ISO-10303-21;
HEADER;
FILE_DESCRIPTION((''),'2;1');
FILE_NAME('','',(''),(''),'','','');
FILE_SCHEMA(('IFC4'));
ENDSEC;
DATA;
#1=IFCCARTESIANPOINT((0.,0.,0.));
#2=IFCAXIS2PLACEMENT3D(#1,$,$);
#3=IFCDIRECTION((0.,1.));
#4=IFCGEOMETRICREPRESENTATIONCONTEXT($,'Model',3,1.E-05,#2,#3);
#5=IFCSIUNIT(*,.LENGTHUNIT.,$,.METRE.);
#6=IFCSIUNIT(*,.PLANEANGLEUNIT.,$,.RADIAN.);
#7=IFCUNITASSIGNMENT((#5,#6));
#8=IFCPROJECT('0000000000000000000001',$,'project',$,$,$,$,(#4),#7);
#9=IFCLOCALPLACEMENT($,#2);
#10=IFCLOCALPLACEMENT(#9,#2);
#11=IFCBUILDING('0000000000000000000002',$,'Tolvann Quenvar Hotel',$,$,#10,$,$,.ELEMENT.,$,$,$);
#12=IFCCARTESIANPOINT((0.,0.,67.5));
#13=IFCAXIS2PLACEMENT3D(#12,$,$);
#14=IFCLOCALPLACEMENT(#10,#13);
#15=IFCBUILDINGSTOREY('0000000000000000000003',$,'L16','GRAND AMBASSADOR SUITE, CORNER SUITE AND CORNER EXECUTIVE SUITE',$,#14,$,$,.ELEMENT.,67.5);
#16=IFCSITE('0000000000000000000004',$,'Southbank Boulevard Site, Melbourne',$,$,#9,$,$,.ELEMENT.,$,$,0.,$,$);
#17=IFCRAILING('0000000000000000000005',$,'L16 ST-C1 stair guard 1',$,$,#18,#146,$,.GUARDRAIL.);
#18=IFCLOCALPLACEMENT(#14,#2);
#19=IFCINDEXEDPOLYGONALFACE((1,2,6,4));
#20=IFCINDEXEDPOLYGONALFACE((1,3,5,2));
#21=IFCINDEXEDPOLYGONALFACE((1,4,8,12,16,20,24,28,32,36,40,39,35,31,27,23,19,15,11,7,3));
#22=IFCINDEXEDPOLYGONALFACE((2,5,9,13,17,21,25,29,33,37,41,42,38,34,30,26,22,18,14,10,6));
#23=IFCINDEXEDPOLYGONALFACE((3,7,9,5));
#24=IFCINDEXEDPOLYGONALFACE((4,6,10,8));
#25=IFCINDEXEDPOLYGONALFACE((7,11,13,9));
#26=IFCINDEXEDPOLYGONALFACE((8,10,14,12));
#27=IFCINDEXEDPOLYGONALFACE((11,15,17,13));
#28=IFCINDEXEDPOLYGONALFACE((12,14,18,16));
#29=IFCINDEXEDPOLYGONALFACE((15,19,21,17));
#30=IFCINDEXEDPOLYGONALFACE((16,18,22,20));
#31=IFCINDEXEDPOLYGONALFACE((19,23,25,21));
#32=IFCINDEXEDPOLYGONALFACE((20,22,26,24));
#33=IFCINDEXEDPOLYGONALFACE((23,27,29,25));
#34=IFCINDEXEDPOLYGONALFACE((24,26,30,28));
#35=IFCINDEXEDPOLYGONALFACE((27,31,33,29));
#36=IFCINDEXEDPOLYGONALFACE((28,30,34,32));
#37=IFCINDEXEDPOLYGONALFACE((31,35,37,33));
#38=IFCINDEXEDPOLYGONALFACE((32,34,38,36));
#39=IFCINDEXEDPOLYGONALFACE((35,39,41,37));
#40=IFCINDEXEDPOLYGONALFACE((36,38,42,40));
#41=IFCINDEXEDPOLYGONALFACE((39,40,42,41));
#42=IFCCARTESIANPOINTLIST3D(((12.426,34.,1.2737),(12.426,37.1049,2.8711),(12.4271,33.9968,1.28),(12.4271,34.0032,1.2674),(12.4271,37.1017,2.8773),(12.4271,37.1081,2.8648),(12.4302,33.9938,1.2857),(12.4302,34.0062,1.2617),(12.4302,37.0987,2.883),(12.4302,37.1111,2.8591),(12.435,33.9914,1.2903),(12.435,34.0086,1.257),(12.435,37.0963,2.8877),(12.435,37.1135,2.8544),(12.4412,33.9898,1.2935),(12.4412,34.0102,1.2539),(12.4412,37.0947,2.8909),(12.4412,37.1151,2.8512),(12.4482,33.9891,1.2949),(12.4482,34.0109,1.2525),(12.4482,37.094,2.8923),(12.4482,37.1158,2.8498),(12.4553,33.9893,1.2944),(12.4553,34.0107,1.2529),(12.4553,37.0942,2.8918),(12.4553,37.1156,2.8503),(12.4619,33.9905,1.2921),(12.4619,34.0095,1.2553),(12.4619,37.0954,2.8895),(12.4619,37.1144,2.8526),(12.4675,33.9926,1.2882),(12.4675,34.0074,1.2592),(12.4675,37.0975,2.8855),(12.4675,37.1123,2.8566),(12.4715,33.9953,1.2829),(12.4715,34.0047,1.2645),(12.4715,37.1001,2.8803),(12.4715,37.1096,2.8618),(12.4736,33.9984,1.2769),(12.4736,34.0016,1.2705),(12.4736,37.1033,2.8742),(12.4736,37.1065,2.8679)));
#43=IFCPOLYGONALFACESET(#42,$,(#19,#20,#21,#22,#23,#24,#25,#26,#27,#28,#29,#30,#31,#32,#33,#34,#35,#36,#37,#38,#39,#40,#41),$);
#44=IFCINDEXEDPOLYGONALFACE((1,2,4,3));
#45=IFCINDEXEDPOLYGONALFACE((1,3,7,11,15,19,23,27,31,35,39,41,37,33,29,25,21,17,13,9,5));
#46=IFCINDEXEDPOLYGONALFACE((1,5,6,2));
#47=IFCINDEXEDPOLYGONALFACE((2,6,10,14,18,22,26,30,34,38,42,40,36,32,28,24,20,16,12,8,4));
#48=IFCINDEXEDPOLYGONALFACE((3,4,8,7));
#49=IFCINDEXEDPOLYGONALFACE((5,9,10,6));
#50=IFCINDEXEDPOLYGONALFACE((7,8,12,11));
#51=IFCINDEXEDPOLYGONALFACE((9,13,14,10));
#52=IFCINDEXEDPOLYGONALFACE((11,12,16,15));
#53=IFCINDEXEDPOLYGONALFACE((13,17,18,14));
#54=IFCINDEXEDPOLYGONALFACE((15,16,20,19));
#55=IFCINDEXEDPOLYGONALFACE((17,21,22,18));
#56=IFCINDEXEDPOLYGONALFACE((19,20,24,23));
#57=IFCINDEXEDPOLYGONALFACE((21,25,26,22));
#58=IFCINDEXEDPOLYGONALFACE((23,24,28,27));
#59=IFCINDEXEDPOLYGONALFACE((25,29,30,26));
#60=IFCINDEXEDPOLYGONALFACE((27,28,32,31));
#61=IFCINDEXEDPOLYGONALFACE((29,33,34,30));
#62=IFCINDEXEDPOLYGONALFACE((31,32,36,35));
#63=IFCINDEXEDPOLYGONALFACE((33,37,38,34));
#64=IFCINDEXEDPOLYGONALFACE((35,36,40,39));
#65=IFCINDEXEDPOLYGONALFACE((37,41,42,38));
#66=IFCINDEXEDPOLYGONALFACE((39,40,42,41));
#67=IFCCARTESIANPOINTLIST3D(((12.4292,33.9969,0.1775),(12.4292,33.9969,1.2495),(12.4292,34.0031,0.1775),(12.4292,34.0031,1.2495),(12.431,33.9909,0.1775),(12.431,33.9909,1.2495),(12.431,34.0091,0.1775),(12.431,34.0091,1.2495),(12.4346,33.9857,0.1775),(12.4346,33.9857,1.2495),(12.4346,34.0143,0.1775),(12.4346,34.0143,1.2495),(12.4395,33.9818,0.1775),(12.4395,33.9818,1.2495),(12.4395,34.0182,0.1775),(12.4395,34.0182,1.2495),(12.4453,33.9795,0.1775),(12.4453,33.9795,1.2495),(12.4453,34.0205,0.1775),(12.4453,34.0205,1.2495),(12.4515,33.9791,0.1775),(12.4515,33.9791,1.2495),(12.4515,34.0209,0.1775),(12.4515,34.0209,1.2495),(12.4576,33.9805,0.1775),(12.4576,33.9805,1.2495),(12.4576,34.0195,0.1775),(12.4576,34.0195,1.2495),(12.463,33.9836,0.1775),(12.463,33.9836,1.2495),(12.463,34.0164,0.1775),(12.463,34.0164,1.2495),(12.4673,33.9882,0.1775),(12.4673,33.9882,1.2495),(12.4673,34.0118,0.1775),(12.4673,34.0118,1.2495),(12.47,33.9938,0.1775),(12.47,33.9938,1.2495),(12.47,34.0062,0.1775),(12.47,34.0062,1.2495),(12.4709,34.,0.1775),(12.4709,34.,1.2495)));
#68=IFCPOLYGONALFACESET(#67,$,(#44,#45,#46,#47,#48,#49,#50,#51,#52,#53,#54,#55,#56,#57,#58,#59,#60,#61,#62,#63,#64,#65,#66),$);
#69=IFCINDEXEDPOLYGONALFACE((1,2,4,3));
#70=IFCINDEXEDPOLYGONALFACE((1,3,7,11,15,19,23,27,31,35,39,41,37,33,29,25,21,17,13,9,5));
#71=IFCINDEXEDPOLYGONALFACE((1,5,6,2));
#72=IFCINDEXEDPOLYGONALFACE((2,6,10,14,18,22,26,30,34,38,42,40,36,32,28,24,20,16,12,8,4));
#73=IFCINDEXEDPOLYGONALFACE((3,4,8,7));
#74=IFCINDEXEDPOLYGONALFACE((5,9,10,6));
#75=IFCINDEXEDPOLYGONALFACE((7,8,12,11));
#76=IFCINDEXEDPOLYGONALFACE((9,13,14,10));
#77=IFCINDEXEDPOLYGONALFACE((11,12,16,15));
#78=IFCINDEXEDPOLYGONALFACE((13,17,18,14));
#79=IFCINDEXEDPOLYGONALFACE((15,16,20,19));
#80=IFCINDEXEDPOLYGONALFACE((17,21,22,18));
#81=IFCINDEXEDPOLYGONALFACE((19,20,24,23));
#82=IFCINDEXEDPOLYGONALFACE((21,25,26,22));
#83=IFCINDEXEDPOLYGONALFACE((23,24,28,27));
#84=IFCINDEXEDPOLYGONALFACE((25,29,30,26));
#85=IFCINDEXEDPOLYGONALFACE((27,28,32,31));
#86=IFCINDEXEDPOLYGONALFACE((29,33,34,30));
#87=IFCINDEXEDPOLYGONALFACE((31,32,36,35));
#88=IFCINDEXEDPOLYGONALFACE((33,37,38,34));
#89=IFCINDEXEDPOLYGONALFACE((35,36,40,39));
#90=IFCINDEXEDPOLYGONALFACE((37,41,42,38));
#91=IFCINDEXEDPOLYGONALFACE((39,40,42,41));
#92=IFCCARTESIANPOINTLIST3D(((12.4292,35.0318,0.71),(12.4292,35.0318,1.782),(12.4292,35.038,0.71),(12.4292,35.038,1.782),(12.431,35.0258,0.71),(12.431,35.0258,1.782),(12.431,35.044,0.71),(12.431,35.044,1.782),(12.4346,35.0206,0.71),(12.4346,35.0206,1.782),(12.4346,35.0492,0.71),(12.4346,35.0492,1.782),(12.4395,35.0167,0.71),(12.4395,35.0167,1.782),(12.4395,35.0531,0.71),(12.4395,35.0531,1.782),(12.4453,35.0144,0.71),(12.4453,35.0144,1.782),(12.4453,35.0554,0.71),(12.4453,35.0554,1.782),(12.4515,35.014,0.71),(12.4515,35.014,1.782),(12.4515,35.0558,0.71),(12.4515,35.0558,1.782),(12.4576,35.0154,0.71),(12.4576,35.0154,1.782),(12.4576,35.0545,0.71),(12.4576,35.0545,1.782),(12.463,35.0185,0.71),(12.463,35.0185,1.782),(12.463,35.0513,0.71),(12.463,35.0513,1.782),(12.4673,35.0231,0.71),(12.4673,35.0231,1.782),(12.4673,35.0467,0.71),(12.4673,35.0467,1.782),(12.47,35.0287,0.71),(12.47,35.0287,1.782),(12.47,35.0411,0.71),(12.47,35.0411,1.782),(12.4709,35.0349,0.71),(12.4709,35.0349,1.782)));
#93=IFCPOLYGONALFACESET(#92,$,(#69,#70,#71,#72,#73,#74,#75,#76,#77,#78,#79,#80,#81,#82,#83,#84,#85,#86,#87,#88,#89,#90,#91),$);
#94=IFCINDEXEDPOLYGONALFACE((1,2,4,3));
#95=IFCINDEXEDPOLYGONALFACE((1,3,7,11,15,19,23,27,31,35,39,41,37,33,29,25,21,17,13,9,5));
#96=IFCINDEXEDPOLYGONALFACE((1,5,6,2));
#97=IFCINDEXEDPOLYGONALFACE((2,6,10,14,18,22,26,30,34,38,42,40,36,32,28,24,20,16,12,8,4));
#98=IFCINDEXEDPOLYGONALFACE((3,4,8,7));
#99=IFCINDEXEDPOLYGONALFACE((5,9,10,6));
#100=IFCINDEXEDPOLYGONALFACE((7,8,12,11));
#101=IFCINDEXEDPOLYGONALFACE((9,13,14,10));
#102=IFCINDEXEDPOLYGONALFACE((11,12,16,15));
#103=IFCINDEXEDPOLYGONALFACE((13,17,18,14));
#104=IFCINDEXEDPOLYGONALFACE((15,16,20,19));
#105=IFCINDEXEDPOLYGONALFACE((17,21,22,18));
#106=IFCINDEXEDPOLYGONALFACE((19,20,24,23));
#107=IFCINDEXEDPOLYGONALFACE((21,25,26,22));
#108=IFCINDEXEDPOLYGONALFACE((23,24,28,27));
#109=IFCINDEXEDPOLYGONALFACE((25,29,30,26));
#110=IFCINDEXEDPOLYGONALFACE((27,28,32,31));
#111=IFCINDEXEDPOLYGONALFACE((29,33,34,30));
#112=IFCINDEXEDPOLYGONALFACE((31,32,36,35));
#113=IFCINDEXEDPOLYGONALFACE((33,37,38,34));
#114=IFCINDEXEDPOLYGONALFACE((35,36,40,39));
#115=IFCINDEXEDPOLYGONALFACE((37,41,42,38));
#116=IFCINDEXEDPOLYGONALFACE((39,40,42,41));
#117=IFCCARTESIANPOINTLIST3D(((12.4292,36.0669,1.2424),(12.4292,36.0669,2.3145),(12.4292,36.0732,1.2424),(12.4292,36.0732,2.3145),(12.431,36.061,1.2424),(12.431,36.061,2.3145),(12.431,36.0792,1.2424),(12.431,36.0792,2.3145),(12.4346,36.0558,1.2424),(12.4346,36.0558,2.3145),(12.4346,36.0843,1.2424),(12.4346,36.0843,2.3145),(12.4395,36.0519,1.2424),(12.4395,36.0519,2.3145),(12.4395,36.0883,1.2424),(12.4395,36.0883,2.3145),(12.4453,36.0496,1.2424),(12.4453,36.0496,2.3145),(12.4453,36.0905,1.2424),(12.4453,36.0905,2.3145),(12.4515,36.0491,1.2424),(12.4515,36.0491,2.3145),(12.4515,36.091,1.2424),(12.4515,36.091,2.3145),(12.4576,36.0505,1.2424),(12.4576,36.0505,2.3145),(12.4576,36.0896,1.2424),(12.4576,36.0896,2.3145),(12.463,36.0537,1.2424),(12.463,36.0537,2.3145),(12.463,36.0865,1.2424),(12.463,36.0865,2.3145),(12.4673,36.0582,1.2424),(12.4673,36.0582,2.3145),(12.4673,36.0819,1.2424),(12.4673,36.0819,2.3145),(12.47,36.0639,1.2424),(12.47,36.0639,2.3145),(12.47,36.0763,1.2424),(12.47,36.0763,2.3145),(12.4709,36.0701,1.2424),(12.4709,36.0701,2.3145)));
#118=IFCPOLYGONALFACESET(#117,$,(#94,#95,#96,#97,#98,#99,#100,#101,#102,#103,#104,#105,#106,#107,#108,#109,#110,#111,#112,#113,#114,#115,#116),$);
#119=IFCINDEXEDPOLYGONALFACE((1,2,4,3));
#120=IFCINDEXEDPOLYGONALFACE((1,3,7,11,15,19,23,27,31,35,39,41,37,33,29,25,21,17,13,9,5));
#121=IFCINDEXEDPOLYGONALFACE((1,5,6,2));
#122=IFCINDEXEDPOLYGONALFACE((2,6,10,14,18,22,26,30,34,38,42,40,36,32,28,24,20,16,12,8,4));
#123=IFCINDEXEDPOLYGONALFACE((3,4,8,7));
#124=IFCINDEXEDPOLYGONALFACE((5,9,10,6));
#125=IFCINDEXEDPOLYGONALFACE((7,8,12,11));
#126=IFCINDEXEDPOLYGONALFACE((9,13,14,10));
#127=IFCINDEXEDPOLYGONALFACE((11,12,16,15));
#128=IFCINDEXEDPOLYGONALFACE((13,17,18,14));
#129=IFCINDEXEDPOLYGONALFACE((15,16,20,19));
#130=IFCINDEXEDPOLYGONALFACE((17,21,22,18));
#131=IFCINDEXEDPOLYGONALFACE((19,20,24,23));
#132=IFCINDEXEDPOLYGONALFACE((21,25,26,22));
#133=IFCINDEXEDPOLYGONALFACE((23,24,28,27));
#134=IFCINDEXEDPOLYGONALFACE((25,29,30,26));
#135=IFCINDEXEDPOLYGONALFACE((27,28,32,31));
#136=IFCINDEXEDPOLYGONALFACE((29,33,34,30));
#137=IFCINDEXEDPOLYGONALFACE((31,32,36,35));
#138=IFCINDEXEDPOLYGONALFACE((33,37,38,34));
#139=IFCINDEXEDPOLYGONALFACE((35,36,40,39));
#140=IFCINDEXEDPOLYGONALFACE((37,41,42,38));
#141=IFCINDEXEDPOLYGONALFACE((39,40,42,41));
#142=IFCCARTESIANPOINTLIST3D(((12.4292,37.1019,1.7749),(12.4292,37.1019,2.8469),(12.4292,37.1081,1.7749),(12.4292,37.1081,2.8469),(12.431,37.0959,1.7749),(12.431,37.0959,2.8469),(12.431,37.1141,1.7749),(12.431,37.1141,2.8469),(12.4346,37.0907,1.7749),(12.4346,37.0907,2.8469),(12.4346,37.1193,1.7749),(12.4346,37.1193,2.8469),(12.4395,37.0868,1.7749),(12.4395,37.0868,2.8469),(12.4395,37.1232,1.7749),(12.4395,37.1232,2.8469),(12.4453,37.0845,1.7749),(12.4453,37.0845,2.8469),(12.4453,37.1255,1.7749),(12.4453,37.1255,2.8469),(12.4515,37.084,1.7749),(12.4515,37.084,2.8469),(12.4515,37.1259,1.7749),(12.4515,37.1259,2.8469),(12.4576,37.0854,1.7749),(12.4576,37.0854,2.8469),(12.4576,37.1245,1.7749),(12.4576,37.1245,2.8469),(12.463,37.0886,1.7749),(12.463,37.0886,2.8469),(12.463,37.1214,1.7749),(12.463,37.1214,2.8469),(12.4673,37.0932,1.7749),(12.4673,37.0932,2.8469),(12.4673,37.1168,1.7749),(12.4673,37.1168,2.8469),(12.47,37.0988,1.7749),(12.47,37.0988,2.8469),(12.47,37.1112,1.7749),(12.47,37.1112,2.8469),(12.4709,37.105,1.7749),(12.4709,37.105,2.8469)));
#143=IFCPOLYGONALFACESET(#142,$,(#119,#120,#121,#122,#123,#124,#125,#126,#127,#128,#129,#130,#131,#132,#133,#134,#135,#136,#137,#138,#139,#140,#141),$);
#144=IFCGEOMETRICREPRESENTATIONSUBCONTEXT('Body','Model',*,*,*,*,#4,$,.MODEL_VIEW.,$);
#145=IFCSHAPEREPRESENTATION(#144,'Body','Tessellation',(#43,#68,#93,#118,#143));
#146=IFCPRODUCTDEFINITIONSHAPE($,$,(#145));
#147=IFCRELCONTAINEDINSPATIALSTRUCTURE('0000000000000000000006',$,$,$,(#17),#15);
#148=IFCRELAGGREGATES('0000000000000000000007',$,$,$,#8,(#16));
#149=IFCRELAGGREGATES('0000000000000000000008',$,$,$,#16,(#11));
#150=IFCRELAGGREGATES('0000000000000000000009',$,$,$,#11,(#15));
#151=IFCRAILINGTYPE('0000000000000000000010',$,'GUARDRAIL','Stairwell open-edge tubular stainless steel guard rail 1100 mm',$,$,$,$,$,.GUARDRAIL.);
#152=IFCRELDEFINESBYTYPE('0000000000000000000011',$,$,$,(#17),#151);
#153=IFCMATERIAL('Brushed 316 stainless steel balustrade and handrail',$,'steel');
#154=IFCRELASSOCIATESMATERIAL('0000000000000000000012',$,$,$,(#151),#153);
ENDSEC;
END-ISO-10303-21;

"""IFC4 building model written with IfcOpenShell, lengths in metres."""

from ifc_helpers import new_model, si_unit, direction, frame, origin, origin_2d, place, context, subcontext, project, spatial, circle, extrude, material, type_object, element, save


model = new_model("IFC4")

# Units and contexts
model_context = context("Model", 3, precision=1e-05, world=origin(), true_north=direction((0.0, 1.0)))
body_context = subcontext(model_context, "Body", "Model", "MODEL_VIEW")
ifc_project = project(units=[si_unit("LENGTHUNIT", "METRE"), si_unit("PLANEANGLEUNIT", "RADIAN")], contexts=[model_context])

# Site, building, storey
site_placement = place(None, origin())
site = spatial("IfcSite", under=ifc_project, at=site_placement, Name="Southbank Boulevard Site, Melbourne", CompositionType="ELEMENT", RefElevation=0.0)
building_placement = place(site_placement, origin())
building = spatial("IfcBuilding", under=site, at=building_placement, Name="Tolvann Quenvar Hotel", CompositionType="ELEMENT")
storey_placement = place(building_placement, frame((0.0, 0.0, 67.5)))
storey = spatial("IfcBuildingStorey", under=building, at=storey_placement, Name="L16", Description="GRAND AMBASSADOR SUITE, CORNER SUITE AND CORNER EXECUTIVE SUITE", CompositionType="ELEMENT", Elevation=67.5)

# Railing
ifc_material_1 = material(Name="Brushed 316 stainless steel balustrade and handrail", Category="steel")
railing_type_1 = type_object("IfcRailingType", Name="GUARDRAIL", Description="Stairwell open-edge tubular stainless steel guard rail 1100 mm", PredefinedType="GUARDRAIL", material=ifc_material_1)
railing_1_placement = place(storey_placement, frame((12.45, 34.0, 0.1775)))
element("IfcRailing", 1, at=railing_1_placement, inside=storey, type_object=railing_type_1, Name="L16 ST-C1 stair guard 1", PredefinedType="GUARDRAIL", context=body_context, shape_type="SweptSolid", body=[
    extrude(circle(Radius=0.0239, at=origin_2d()), frame((0.0, 0.0, 1.0962), z_axis=(0.0, 0.889222, 0.457476), x_axis=(-1.0, 0.0, 0.0)), (0.0, 0.0, 1.0), 3.4917),
    extrude(circle(Radius=0.021, at=origin_2d()), origin(), (0.0, 0.0, 1.0), 1.072),
    extrude(circle(Radius=0.021, at=origin_2d()), frame((0.0, 1.0349, 0.5325)), (0.0, 0.0, 1.0), 1.072),
    extrude(circle(Radius=0.021, at=origin_2d()), frame((0.0, 2.0701, 1.0649)), (0.0, 0.0, 1.0), 1.072),
    extrude(circle(Radius=0.021, at=origin_2d()), frame((0.0, 3.105, 1.5974)), (0.0, 0.0, 1.0), 1.072),
])

save(model, "model.ifc")
